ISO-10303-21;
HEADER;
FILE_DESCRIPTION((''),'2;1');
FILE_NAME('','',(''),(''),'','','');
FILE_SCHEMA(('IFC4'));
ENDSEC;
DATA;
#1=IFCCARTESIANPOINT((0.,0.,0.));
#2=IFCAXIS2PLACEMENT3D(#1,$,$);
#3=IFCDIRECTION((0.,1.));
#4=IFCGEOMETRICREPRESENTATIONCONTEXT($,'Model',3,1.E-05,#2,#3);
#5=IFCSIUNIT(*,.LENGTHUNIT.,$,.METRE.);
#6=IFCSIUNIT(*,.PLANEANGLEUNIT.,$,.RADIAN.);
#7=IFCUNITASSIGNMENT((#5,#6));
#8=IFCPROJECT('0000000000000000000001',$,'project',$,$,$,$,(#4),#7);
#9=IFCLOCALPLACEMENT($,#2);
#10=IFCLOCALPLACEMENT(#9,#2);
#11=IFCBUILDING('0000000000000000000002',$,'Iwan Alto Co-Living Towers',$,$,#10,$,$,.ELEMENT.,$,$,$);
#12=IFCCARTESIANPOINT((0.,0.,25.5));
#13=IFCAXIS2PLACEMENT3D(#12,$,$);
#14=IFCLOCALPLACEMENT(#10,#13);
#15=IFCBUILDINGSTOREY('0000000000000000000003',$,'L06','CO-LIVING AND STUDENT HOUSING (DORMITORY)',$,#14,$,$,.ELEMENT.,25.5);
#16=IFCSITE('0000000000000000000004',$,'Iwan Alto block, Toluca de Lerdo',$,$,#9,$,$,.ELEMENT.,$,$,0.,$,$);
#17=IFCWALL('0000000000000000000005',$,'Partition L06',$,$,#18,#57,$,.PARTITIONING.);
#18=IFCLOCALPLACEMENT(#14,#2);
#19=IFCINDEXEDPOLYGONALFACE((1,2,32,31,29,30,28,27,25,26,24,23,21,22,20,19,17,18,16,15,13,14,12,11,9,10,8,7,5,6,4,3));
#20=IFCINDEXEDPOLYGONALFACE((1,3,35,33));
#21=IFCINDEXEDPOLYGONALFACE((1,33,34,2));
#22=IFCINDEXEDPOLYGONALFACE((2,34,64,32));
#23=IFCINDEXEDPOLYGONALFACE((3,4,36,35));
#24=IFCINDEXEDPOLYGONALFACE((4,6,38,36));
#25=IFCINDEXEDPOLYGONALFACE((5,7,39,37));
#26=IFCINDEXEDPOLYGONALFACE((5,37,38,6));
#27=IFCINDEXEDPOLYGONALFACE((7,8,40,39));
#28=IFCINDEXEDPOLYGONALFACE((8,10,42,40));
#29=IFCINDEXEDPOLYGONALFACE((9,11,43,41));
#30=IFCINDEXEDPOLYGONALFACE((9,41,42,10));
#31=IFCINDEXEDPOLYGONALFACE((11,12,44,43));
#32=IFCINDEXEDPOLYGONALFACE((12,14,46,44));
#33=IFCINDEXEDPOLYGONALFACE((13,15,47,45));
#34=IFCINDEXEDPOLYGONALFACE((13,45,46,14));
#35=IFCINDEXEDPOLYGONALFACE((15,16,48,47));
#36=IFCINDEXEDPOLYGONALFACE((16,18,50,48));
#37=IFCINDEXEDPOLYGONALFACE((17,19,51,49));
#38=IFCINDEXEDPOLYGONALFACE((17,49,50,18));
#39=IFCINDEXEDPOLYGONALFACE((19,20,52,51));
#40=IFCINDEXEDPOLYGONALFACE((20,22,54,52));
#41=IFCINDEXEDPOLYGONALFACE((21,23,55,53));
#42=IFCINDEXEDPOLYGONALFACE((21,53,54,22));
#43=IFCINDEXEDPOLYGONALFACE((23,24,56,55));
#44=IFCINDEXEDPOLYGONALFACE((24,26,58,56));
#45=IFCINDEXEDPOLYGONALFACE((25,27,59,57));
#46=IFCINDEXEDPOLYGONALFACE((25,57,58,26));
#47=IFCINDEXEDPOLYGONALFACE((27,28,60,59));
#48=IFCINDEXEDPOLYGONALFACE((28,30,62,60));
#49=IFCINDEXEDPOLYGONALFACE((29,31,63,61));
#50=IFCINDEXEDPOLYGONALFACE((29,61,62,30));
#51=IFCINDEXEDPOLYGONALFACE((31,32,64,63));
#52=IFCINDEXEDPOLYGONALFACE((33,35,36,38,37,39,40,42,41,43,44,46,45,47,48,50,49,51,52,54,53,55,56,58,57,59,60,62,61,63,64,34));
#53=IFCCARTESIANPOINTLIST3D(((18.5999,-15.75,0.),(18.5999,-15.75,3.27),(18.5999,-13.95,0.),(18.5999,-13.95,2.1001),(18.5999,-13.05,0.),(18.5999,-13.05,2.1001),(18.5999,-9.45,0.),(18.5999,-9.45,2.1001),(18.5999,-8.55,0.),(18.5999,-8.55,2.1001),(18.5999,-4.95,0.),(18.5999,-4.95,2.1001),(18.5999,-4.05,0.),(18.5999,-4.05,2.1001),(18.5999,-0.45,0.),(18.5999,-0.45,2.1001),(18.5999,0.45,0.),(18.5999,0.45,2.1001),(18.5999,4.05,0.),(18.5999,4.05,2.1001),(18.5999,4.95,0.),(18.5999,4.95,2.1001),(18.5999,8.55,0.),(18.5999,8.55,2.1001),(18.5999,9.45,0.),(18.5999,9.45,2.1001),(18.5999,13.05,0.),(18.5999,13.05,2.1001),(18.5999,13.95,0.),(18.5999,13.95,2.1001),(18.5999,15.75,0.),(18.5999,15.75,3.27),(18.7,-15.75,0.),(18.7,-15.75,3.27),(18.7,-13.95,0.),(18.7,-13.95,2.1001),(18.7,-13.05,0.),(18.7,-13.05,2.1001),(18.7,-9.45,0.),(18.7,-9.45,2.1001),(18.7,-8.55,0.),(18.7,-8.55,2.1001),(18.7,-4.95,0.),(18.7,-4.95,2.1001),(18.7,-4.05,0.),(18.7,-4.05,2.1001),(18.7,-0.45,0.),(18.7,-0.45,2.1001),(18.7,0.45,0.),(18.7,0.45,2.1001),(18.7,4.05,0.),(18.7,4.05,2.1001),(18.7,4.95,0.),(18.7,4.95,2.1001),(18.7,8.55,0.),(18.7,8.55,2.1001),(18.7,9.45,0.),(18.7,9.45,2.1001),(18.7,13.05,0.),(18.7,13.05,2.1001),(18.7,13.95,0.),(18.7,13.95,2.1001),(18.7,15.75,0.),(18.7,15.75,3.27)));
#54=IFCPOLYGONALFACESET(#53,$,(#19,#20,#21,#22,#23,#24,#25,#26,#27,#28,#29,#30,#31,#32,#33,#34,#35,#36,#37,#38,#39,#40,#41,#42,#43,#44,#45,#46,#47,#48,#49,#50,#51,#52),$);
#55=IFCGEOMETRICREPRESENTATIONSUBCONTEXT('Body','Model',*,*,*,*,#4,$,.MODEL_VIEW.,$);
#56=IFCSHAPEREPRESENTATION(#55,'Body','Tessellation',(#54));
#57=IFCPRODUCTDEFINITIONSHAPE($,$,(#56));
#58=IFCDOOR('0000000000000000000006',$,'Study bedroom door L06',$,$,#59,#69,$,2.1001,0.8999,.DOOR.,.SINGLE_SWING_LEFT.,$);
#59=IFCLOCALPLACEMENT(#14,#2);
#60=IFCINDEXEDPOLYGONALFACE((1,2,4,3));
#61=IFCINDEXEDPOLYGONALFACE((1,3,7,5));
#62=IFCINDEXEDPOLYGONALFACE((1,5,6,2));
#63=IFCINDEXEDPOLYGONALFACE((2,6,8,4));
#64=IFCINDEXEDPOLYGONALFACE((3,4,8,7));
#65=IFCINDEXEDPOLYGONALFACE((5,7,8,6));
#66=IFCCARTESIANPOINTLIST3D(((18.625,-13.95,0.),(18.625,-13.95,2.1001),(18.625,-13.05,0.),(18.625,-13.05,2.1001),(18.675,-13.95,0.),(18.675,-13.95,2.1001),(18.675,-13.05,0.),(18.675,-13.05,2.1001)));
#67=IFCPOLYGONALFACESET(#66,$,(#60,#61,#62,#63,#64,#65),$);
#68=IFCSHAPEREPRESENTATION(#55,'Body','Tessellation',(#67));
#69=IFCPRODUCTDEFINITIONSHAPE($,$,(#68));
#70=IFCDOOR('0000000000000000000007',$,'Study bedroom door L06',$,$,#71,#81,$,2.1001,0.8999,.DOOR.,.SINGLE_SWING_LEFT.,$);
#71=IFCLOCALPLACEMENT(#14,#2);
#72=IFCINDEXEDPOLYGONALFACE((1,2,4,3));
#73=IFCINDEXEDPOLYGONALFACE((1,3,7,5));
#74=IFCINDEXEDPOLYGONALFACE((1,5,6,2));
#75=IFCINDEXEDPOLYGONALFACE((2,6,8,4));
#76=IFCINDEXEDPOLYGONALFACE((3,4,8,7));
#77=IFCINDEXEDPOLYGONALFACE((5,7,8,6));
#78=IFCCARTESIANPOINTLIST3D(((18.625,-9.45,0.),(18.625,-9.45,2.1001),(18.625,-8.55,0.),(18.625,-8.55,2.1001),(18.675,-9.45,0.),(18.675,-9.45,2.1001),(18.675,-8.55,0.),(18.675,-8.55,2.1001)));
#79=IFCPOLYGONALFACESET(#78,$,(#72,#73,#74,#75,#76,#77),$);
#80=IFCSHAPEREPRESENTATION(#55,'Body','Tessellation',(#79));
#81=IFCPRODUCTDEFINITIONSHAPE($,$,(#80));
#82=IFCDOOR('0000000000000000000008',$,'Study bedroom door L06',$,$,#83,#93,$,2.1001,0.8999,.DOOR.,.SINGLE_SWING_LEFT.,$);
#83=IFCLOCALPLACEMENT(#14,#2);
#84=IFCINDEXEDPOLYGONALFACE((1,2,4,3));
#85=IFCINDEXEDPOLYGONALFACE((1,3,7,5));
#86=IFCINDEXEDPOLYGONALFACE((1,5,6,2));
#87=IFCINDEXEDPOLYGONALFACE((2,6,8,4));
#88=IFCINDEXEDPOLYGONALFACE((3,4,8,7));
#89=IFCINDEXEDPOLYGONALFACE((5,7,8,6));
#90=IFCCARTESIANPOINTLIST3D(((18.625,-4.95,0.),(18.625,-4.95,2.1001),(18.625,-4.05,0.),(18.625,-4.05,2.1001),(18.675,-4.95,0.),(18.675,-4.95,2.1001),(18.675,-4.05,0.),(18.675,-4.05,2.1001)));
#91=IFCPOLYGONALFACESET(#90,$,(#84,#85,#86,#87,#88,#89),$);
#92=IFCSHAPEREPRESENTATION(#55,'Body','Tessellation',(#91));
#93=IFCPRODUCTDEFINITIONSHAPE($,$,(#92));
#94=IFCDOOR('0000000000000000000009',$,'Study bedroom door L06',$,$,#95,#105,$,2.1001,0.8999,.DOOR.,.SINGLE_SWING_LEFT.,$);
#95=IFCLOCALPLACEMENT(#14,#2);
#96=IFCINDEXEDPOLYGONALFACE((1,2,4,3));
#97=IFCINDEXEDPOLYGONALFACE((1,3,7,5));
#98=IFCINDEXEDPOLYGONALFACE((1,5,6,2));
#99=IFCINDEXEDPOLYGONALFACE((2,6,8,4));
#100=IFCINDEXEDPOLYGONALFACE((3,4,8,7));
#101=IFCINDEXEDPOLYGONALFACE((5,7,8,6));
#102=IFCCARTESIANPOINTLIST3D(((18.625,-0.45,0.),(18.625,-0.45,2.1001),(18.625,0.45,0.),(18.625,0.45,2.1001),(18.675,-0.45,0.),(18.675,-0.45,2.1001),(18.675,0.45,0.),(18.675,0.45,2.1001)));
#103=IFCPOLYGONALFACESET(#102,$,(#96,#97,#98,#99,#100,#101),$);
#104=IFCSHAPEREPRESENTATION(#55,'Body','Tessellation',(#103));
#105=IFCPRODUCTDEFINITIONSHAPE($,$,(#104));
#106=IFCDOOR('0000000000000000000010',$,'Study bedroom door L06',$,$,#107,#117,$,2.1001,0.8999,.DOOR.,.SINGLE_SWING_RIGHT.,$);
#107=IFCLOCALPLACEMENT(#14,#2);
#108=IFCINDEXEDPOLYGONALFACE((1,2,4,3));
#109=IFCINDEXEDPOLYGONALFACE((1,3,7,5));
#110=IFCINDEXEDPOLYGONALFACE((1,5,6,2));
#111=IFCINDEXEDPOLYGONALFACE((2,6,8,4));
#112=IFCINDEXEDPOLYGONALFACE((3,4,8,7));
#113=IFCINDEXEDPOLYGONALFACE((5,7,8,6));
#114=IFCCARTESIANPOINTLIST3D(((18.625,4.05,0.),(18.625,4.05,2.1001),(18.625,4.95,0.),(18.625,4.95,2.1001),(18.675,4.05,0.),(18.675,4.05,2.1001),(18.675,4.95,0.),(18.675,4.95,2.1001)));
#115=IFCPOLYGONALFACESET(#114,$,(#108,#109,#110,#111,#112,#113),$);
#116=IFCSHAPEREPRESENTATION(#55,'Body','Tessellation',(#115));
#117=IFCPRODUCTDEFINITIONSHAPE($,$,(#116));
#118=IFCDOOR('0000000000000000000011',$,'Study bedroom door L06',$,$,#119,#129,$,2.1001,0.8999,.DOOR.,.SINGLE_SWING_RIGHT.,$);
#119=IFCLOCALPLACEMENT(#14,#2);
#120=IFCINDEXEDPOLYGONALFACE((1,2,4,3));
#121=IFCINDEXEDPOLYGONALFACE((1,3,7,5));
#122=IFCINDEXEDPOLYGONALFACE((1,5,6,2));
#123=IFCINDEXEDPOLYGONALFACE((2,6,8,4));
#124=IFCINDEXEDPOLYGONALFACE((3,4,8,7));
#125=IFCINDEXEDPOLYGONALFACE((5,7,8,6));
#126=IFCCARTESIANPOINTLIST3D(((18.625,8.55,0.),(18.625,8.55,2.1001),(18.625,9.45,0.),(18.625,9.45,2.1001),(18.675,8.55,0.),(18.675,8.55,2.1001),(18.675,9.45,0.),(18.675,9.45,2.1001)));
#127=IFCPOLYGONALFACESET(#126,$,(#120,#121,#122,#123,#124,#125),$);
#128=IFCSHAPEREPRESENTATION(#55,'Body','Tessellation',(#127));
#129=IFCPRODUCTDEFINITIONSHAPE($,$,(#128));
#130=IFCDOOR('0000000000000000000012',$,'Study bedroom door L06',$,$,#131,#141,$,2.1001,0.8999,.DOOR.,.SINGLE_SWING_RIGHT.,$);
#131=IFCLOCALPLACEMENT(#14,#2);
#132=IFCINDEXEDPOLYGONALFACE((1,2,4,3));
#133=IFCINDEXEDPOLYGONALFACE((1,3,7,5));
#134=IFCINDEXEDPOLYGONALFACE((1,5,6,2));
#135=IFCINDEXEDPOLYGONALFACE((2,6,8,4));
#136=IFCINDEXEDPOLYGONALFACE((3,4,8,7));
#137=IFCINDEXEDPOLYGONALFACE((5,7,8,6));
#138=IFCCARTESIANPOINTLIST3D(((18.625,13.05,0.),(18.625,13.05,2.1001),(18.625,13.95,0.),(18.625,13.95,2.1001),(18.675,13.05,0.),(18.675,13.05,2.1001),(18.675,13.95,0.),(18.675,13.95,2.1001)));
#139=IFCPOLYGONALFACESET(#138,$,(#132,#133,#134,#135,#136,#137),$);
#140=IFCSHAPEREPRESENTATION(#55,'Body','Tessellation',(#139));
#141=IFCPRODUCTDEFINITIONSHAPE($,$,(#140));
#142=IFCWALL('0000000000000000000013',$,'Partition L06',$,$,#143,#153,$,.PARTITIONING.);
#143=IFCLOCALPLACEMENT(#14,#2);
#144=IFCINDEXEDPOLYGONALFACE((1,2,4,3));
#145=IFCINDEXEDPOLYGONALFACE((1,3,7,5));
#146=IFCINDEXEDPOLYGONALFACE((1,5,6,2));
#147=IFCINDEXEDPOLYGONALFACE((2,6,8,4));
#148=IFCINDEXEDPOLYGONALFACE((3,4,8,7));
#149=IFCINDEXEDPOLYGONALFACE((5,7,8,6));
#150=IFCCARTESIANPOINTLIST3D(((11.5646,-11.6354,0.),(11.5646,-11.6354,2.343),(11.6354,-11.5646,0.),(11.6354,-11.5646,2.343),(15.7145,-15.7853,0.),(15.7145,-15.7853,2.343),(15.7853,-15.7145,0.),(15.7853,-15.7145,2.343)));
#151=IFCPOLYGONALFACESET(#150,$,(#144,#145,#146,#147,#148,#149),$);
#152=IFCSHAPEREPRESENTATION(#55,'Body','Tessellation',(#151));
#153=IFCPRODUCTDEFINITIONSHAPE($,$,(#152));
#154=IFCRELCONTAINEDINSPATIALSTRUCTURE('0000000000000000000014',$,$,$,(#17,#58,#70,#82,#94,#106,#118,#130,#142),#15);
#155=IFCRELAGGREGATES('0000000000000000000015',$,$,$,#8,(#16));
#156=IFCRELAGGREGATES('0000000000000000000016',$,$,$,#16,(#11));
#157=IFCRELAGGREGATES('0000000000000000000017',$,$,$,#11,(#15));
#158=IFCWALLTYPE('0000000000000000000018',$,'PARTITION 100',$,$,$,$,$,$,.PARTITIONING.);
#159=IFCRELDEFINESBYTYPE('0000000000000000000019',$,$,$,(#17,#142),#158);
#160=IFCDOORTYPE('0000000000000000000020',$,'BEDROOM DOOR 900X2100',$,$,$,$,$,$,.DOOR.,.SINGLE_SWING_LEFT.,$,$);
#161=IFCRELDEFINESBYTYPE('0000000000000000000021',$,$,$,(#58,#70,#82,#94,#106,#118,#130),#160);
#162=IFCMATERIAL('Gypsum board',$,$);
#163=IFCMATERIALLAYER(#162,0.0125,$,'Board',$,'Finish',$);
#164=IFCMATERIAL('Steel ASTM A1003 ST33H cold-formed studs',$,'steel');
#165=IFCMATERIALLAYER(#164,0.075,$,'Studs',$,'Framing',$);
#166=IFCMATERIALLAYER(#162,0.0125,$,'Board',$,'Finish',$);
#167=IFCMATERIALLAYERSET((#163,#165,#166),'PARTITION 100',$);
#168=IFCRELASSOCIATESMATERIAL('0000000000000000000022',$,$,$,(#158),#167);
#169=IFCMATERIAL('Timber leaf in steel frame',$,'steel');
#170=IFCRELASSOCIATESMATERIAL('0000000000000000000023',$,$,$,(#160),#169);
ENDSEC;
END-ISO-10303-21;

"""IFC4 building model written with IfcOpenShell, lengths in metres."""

from ifc_helpers import new_model, si_unit, direction, frame, frame_2d, origin, place, context, subcontext, project, spatial, rectangle, extrude, material, layer, layer_set, type_object, element, fill, save


model = new_model("IFC4")

# Units and contexts
model_context = context("Model", 3, precision=1e-05, world=origin(), true_north=direction((0.0, 1.0)))
body_context = subcontext(model_context, "Body", "Model", "MODEL_VIEW")
ifc_project = project(units=[si_unit("LENGTHUNIT", "METRE"), si_unit("PLANEANGLEUNIT", "RADIAN")], contexts=[model_context])

# Site, building, storey
site_placement = place(None, origin())
site = spatial("IfcSite", under=ifc_project, at=site_placement, Name="Iwan Alto block, Toluca de Lerdo", CompositionType="ELEMENT", RefElevation=0.0)
building_placement = place(site_placement, origin())
building = spatial("IfcBuilding", under=site, at=building_placement, Name="Iwan Alto Co-Living Towers", CompositionType="ELEMENT")
storey_placement = place(building_placement, frame((0.0, 0.0, 25.5)))
storey = spatial("IfcBuildingStorey", under=building, at=storey_placement, Name="L06", Description="CO-LIVING AND STUDENT HOUSING (DORMITORY)", CompositionType="ELEMENT", Elevation=25.5)

# Shared definitions
ifc_material_1 = material(Name="Gypsum board")
ifc_material_2 = material(Name="Steel ASTM A1003 ST33H cold-formed studs", Category="steel")
ifc_layer_1 = layer(ifc_material_1, 0.0125, Name="Board", Category="Finish")
ifc_layer_2 = layer(ifc_material_2, 0.075, Name="Studs", Category="Framing")
ifc_layer_3 = layer(ifc_material_1, 0.0125, Name="Board", Category="Finish")
ifc_layer_set_1 = layer_set([ifc_layer_1, ifc_layer_2, ifc_layer_3], Name="PARTITION 100")
wall_type_1 = type_object("IfcWallType", Name="PARTITION 100", PredefinedType="PARTITIONING", material=ifc_layer_set_1)

# Wall, openings, doors
wall_1_placement = place(storey_placement, frame((18.6499, -15.75, 0.0), z_axis=(0.0, 0.0, 1.0), x_axis=(0.0, 1.0, 0.0)))
wall_1 = element("IfcWall", 1, at=wall_1_placement, inside=storey, type_object=wall_type_1, Name="Partition L06", PredefinedType="PARTITIONING", context=body_context, shape_type="SweptSolid", body=[
    extrude(rectangle(XDim=31.5, YDim=0.1001, at=frame_2d((15.75, 0.0))), origin(), (0.0, 0.0, 1.0), 3.27),
])
opening_1_placement = place(wall_1_placement, frame((1.8, 0.0, 0.0)))
opening_1 = element("IfcOpeningElement", 2, at=opening_1_placement, cuts=wall_1, PredefinedType="OPENING", context=body_context, shape_type="SweptSolid", body=[
    extrude(rectangle(XDim=0.8999, YDim=2.1001, at=frame_2d((0.45, 1.05))), frame((0.0, 0.0601, 0.0), z_axis=(0.0, -1.0, 0.0), x_axis=(1.0, 0.0, 0.0)), (0.0, 0.0, 1.0), 0.1201),
])
opening_2_placement = place(wall_1_placement, frame((6.3, 0.0, 0.0)))
opening_2 = element("IfcOpeningElement", 3, at=opening_2_placement, cuts=wall_1, PredefinedType="OPENING", context=body_context, shape_type="SweptSolid", body=[
    extrude(rectangle(XDim=0.8999, YDim=2.1001, at=frame_2d((0.45, 1.05))), frame((0.0, 0.0601, 0.0), z_axis=(0.0, -1.0, 0.0), x_axis=(1.0, 0.0, 0.0)), (0.0, 0.0, 1.0), 0.1201),
])
opening_3_placement = place(wall_1_placement, frame((10.8, 0.0, 0.0)))
opening_3 = element("IfcOpeningElement", 4, at=opening_3_placement, cuts=wall_1, PredefinedType="OPENING", context=body_context, shape_type="SweptSolid", body=[
    extrude(rectangle(XDim=0.8999, YDim=2.1001, at=frame_2d((0.45, 1.05))), frame((0.0, 0.0601, 0.0), z_axis=(0.0, -1.0, 0.0), x_axis=(1.0, 0.0, 0.0)), (0.0, 0.0, 1.0), 0.1201),
])
opening_4_placement = place(wall_1_placement, frame((15.3, 0.0, 0.0)))
opening_4 = element("IfcOpeningElement", 5, at=opening_4_placement, cuts=wall_1, PredefinedType="OPENING", context=body_context, shape_type="SweptSolid", body=[
    extrude(rectangle(XDim=0.8999, YDim=2.1001, at=frame_2d((0.45, 1.05))), frame((0.0, 0.0601, 0.0), z_axis=(0.0, -1.0, 0.0), x_axis=(1.0, 0.0, 0.0)), (0.0, 0.0, 1.0), 0.1201),
])
opening_5_placement = place(wall_1_placement, frame((19.8, 0.0, 0.0)))
opening_5 = element("IfcOpeningElement", 6, at=opening_5_placement, cuts=wall_1, PredefinedType="OPENING", context=body_context, shape_type="SweptSolid", body=[
    extrude(rectangle(XDim=0.8999, YDim=2.1001, at=frame_2d((0.45, 1.05))), frame((0.0, 0.0601, 0.0), z_axis=(0.0, -1.0, 0.0), x_axis=(1.0, 0.0, 0.0)), (0.0, 0.0, 1.0), 0.1201),
])
opening_6_placement = place(wall_1_placement, frame((24.3, 0.0, 0.0)))
opening_6 = element("IfcOpeningElement", 7, at=opening_6_placement, cuts=wall_1, PredefinedType="OPENING", context=body_context, shape_type="SweptSolid", body=[
    extrude(rectangle(XDim=0.8999, YDim=2.1001, at=frame_2d((0.45, 1.05))), frame((0.0, 0.0601, 0.0), z_axis=(0.0, -1.0, 0.0), x_axis=(1.0, 0.0, 0.0)), (0.0, 0.0, 1.0), 0.1201),
])
opening_7_placement = place(wall_1_placement, frame((28.8, 0.0, 0.0)))
opening_7 = element("IfcOpeningElement", 8, at=opening_7_placement, cuts=wall_1, PredefinedType="OPENING", context=body_context, shape_type="SweptSolid", body=[
    extrude(rectangle(XDim=0.8999, YDim=2.1001, at=frame_2d((0.45, 1.05))), frame((0.0, 0.0601, 0.0), z_axis=(0.0, -1.0, 0.0), x_axis=(1.0, 0.0, 0.0)), (0.0, 0.0, 1.0), 0.1201),
])
ifc_material_3 = material(Name="Timber leaf in steel frame", Category="steel")
door_type_1 = type_object("IfcDoorType", Name="BEDROOM DOOR 900X2100", OperationType="SINGLE_SWING_LEFT", PredefinedType="DOOR", material=ifc_material_3)
door_1_placement = place(opening_1_placement, origin())
door_1 = element("IfcDoor", 9, at=door_1_placement, inside=storey, type_object=door_type_1, Name="Study bedroom door L06", OperationType="SINGLE_SWING_LEFT", OverallHeight=2.1001, OverallWidth=0.8999, PredefinedType="DOOR", context=body_context, shape_type="SweptSolid", body=[
    extrude(rectangle(XDim=0.8999, YDim=2.1001, at=frame_2d((0.45, 1.05))), frame((0.0, 0.0249, 0.0), z_axis=(0.0, -1.0, 0.0), x_axis=(1.0, 0.0, 0.0)), (0.0, 0.0, 1.0), 0.05),
])
fill(opening_1, door_1)
door_2_placement = place(opening_2_placement, origin())
door_2 = element("IfcDoor", 10, at=door_2_placement, inside=storey, type_object=door_type_1, Name="Study bedroom door L06", OperationType="SINGLE_SWING_LEFT", OverallHeight=2.1001, OverallWidth=0.8999, PredefinedType="DOOR", context=body_context, shape_type="SweptSolid", body=[
    extrude(rectangle(XDim=0.8999, YDim=2.1001, at=frame_2d((0.45, 1.05))), frame((0.0, 0.0249, 0.0), z_axis=(0.0, -1.0, 0.0), x_axis=(1.0, 0.0, 0.0)), (0.0, 0.0, 1.0), 0.05),
])
fill(opening_2, door_2)
door_3_placement = place(opening_3_placement, origin())
door_3 = element("IfcDoor", 11, at=door_3_placement, inside=storey, type_object=door_type_1, Name="Study bedroom door L06", OperationType="SINGLE_SWING_LEFT", OverallHeight=2.1001, OverallWidth=0.8999, PredefinedType="DOOR", context=body_context, shape_type="SweptSolid", body=[
    extrude(rectangle(XDim=0.8999, YDim=2.1001, at=frame_2d((0.45, 1.05))), frame((0.0, 0.0249, 0.0), z_axis=(0.0, -1.0, 0.0), x_axis=(1.0, 0.0, 0.0)), (0.0, 0.0, 1.0), 0.05),
])
fill(opening_3, door_3)
door_4_placement = place(opening_4_placement, origin())
door_4 = element("IfcDoor", 12, at=door_4_placement, inside=storey, type_object=door_type_1, Name="Study bedroom door L06", OperationType="SINGLE_SWING_LEFT", OverallHeight=2.1001, OverallWidth=0.8999, PredefinedType="DOOR", context=body_context, shape_type="SweptSolid", body=[
    extrude(rectangle(XDim=0.8999, YDim=2.1001, at=frame_2d((0.45, 1.05))), frame((0.0, 0.0249, 0.0), z_axis=(0.0, -1.0, 0.0), x_axis=(1.0, 0.0, 0.0)), (0.0, 0.0, 1.0), 0.05),
])
fill(opening_4, door_4)
door_5_placement = place(opening_5_placement, origin())
door_5 = element("IfcDoor", 13, at=door_5_placement, inside=storey, type_object=door_type_1, Name="Study bedroom door L06", OperationType="SINGLE_SWING_RIGHT", OverallHeight=2.1001, OverallWidth=0.8999, PredefinedType="DOOR", context=body_context, shape_type="SweptSolid", body=[
    extrude(rectangle(XDim=0.8999, YDim=2.1001, at=frame_2d((0.45, 1.05))), frame((0.0, 0.0249, 0.0), z_axis=(0.0, -1.0, 0.0), x_axis=(1.0, 0.0, 0.0)), (0.0, 0.0, 1.0), 0.05),
])
fill(opening_5, door_5)
door_6_placement = place(opening_6_placement, origin())
door_6 = element("IfcDoor", 14, at=door_6_placement, inside=storey, type_object=door_type_1, Name="Study bedroom door L06", OperationType="SINGLE_SWING_RIGHT", OverallHeight=2.1001, OverallWidth=0.8999, PredefinedType="DOOR", context=body_context, shape_type="SweptSolid", body=[
    extrude(rectangle(XDim=0.8999, YDim=2.1001, at=frame_2d((0.45, 1.05))), frame((0.0, 0.0249, 0.0), z_axis=(0.0, -1.0, 0.0), x_axis=(1.0, 0.0, 0.0)), (0.0, 0.0, 1.0), 0.05),
])
fill(opening_6, door_6)
door_7_placement = place(opening_7_placement, origin())
door_7 = element("IfcDoor", 15, at=door_7_placement, inside=storey, type_object=door_type_1, Name="Study bedroom door L06", OperationType="SINGLE_SWING_RIGHT", OverallHeight=2.1001, OverallWidth=0.8999, PredefinedType="DOOR", context=body_context, shape_type="SweptSolid", body=[
    extrude(rectangle(XDim=0.8999, YDim=2.1001, at=frame_2d((0.45, 1.05))), frame((0.0, 0.0249, 0.0), z_axis=(0.0, -1.0, 0.0), x_axis=(1.0, 0.0, 0.0)), (0.0, 0.0, 1.0), 0.05),
])
fill(opening_7, door_7)

# Wall
wall_2_placement = place(storey_placement, frame((15.75, -15.75, 0.0), z_axis=(0.0, 0.0, 1.0), x_axis=(-0.707107, 0.707107, 0.0)))
element("IfcWall", 16, at=wall_2_placement, inside=storey, type_object=wall_type_1, Name="Partition L06", PredefinedType="PARTITIONING", context=body_context, shape_type="SweptSolid", body=[
    extrude(rectangle(XDim=5.8689, YDim=0.1001, at=frame_2d((2.9346, 0.0))), origin(), (0.0, 0.0, 1.0), 2.343),
])

save(model, "model.ifc")
